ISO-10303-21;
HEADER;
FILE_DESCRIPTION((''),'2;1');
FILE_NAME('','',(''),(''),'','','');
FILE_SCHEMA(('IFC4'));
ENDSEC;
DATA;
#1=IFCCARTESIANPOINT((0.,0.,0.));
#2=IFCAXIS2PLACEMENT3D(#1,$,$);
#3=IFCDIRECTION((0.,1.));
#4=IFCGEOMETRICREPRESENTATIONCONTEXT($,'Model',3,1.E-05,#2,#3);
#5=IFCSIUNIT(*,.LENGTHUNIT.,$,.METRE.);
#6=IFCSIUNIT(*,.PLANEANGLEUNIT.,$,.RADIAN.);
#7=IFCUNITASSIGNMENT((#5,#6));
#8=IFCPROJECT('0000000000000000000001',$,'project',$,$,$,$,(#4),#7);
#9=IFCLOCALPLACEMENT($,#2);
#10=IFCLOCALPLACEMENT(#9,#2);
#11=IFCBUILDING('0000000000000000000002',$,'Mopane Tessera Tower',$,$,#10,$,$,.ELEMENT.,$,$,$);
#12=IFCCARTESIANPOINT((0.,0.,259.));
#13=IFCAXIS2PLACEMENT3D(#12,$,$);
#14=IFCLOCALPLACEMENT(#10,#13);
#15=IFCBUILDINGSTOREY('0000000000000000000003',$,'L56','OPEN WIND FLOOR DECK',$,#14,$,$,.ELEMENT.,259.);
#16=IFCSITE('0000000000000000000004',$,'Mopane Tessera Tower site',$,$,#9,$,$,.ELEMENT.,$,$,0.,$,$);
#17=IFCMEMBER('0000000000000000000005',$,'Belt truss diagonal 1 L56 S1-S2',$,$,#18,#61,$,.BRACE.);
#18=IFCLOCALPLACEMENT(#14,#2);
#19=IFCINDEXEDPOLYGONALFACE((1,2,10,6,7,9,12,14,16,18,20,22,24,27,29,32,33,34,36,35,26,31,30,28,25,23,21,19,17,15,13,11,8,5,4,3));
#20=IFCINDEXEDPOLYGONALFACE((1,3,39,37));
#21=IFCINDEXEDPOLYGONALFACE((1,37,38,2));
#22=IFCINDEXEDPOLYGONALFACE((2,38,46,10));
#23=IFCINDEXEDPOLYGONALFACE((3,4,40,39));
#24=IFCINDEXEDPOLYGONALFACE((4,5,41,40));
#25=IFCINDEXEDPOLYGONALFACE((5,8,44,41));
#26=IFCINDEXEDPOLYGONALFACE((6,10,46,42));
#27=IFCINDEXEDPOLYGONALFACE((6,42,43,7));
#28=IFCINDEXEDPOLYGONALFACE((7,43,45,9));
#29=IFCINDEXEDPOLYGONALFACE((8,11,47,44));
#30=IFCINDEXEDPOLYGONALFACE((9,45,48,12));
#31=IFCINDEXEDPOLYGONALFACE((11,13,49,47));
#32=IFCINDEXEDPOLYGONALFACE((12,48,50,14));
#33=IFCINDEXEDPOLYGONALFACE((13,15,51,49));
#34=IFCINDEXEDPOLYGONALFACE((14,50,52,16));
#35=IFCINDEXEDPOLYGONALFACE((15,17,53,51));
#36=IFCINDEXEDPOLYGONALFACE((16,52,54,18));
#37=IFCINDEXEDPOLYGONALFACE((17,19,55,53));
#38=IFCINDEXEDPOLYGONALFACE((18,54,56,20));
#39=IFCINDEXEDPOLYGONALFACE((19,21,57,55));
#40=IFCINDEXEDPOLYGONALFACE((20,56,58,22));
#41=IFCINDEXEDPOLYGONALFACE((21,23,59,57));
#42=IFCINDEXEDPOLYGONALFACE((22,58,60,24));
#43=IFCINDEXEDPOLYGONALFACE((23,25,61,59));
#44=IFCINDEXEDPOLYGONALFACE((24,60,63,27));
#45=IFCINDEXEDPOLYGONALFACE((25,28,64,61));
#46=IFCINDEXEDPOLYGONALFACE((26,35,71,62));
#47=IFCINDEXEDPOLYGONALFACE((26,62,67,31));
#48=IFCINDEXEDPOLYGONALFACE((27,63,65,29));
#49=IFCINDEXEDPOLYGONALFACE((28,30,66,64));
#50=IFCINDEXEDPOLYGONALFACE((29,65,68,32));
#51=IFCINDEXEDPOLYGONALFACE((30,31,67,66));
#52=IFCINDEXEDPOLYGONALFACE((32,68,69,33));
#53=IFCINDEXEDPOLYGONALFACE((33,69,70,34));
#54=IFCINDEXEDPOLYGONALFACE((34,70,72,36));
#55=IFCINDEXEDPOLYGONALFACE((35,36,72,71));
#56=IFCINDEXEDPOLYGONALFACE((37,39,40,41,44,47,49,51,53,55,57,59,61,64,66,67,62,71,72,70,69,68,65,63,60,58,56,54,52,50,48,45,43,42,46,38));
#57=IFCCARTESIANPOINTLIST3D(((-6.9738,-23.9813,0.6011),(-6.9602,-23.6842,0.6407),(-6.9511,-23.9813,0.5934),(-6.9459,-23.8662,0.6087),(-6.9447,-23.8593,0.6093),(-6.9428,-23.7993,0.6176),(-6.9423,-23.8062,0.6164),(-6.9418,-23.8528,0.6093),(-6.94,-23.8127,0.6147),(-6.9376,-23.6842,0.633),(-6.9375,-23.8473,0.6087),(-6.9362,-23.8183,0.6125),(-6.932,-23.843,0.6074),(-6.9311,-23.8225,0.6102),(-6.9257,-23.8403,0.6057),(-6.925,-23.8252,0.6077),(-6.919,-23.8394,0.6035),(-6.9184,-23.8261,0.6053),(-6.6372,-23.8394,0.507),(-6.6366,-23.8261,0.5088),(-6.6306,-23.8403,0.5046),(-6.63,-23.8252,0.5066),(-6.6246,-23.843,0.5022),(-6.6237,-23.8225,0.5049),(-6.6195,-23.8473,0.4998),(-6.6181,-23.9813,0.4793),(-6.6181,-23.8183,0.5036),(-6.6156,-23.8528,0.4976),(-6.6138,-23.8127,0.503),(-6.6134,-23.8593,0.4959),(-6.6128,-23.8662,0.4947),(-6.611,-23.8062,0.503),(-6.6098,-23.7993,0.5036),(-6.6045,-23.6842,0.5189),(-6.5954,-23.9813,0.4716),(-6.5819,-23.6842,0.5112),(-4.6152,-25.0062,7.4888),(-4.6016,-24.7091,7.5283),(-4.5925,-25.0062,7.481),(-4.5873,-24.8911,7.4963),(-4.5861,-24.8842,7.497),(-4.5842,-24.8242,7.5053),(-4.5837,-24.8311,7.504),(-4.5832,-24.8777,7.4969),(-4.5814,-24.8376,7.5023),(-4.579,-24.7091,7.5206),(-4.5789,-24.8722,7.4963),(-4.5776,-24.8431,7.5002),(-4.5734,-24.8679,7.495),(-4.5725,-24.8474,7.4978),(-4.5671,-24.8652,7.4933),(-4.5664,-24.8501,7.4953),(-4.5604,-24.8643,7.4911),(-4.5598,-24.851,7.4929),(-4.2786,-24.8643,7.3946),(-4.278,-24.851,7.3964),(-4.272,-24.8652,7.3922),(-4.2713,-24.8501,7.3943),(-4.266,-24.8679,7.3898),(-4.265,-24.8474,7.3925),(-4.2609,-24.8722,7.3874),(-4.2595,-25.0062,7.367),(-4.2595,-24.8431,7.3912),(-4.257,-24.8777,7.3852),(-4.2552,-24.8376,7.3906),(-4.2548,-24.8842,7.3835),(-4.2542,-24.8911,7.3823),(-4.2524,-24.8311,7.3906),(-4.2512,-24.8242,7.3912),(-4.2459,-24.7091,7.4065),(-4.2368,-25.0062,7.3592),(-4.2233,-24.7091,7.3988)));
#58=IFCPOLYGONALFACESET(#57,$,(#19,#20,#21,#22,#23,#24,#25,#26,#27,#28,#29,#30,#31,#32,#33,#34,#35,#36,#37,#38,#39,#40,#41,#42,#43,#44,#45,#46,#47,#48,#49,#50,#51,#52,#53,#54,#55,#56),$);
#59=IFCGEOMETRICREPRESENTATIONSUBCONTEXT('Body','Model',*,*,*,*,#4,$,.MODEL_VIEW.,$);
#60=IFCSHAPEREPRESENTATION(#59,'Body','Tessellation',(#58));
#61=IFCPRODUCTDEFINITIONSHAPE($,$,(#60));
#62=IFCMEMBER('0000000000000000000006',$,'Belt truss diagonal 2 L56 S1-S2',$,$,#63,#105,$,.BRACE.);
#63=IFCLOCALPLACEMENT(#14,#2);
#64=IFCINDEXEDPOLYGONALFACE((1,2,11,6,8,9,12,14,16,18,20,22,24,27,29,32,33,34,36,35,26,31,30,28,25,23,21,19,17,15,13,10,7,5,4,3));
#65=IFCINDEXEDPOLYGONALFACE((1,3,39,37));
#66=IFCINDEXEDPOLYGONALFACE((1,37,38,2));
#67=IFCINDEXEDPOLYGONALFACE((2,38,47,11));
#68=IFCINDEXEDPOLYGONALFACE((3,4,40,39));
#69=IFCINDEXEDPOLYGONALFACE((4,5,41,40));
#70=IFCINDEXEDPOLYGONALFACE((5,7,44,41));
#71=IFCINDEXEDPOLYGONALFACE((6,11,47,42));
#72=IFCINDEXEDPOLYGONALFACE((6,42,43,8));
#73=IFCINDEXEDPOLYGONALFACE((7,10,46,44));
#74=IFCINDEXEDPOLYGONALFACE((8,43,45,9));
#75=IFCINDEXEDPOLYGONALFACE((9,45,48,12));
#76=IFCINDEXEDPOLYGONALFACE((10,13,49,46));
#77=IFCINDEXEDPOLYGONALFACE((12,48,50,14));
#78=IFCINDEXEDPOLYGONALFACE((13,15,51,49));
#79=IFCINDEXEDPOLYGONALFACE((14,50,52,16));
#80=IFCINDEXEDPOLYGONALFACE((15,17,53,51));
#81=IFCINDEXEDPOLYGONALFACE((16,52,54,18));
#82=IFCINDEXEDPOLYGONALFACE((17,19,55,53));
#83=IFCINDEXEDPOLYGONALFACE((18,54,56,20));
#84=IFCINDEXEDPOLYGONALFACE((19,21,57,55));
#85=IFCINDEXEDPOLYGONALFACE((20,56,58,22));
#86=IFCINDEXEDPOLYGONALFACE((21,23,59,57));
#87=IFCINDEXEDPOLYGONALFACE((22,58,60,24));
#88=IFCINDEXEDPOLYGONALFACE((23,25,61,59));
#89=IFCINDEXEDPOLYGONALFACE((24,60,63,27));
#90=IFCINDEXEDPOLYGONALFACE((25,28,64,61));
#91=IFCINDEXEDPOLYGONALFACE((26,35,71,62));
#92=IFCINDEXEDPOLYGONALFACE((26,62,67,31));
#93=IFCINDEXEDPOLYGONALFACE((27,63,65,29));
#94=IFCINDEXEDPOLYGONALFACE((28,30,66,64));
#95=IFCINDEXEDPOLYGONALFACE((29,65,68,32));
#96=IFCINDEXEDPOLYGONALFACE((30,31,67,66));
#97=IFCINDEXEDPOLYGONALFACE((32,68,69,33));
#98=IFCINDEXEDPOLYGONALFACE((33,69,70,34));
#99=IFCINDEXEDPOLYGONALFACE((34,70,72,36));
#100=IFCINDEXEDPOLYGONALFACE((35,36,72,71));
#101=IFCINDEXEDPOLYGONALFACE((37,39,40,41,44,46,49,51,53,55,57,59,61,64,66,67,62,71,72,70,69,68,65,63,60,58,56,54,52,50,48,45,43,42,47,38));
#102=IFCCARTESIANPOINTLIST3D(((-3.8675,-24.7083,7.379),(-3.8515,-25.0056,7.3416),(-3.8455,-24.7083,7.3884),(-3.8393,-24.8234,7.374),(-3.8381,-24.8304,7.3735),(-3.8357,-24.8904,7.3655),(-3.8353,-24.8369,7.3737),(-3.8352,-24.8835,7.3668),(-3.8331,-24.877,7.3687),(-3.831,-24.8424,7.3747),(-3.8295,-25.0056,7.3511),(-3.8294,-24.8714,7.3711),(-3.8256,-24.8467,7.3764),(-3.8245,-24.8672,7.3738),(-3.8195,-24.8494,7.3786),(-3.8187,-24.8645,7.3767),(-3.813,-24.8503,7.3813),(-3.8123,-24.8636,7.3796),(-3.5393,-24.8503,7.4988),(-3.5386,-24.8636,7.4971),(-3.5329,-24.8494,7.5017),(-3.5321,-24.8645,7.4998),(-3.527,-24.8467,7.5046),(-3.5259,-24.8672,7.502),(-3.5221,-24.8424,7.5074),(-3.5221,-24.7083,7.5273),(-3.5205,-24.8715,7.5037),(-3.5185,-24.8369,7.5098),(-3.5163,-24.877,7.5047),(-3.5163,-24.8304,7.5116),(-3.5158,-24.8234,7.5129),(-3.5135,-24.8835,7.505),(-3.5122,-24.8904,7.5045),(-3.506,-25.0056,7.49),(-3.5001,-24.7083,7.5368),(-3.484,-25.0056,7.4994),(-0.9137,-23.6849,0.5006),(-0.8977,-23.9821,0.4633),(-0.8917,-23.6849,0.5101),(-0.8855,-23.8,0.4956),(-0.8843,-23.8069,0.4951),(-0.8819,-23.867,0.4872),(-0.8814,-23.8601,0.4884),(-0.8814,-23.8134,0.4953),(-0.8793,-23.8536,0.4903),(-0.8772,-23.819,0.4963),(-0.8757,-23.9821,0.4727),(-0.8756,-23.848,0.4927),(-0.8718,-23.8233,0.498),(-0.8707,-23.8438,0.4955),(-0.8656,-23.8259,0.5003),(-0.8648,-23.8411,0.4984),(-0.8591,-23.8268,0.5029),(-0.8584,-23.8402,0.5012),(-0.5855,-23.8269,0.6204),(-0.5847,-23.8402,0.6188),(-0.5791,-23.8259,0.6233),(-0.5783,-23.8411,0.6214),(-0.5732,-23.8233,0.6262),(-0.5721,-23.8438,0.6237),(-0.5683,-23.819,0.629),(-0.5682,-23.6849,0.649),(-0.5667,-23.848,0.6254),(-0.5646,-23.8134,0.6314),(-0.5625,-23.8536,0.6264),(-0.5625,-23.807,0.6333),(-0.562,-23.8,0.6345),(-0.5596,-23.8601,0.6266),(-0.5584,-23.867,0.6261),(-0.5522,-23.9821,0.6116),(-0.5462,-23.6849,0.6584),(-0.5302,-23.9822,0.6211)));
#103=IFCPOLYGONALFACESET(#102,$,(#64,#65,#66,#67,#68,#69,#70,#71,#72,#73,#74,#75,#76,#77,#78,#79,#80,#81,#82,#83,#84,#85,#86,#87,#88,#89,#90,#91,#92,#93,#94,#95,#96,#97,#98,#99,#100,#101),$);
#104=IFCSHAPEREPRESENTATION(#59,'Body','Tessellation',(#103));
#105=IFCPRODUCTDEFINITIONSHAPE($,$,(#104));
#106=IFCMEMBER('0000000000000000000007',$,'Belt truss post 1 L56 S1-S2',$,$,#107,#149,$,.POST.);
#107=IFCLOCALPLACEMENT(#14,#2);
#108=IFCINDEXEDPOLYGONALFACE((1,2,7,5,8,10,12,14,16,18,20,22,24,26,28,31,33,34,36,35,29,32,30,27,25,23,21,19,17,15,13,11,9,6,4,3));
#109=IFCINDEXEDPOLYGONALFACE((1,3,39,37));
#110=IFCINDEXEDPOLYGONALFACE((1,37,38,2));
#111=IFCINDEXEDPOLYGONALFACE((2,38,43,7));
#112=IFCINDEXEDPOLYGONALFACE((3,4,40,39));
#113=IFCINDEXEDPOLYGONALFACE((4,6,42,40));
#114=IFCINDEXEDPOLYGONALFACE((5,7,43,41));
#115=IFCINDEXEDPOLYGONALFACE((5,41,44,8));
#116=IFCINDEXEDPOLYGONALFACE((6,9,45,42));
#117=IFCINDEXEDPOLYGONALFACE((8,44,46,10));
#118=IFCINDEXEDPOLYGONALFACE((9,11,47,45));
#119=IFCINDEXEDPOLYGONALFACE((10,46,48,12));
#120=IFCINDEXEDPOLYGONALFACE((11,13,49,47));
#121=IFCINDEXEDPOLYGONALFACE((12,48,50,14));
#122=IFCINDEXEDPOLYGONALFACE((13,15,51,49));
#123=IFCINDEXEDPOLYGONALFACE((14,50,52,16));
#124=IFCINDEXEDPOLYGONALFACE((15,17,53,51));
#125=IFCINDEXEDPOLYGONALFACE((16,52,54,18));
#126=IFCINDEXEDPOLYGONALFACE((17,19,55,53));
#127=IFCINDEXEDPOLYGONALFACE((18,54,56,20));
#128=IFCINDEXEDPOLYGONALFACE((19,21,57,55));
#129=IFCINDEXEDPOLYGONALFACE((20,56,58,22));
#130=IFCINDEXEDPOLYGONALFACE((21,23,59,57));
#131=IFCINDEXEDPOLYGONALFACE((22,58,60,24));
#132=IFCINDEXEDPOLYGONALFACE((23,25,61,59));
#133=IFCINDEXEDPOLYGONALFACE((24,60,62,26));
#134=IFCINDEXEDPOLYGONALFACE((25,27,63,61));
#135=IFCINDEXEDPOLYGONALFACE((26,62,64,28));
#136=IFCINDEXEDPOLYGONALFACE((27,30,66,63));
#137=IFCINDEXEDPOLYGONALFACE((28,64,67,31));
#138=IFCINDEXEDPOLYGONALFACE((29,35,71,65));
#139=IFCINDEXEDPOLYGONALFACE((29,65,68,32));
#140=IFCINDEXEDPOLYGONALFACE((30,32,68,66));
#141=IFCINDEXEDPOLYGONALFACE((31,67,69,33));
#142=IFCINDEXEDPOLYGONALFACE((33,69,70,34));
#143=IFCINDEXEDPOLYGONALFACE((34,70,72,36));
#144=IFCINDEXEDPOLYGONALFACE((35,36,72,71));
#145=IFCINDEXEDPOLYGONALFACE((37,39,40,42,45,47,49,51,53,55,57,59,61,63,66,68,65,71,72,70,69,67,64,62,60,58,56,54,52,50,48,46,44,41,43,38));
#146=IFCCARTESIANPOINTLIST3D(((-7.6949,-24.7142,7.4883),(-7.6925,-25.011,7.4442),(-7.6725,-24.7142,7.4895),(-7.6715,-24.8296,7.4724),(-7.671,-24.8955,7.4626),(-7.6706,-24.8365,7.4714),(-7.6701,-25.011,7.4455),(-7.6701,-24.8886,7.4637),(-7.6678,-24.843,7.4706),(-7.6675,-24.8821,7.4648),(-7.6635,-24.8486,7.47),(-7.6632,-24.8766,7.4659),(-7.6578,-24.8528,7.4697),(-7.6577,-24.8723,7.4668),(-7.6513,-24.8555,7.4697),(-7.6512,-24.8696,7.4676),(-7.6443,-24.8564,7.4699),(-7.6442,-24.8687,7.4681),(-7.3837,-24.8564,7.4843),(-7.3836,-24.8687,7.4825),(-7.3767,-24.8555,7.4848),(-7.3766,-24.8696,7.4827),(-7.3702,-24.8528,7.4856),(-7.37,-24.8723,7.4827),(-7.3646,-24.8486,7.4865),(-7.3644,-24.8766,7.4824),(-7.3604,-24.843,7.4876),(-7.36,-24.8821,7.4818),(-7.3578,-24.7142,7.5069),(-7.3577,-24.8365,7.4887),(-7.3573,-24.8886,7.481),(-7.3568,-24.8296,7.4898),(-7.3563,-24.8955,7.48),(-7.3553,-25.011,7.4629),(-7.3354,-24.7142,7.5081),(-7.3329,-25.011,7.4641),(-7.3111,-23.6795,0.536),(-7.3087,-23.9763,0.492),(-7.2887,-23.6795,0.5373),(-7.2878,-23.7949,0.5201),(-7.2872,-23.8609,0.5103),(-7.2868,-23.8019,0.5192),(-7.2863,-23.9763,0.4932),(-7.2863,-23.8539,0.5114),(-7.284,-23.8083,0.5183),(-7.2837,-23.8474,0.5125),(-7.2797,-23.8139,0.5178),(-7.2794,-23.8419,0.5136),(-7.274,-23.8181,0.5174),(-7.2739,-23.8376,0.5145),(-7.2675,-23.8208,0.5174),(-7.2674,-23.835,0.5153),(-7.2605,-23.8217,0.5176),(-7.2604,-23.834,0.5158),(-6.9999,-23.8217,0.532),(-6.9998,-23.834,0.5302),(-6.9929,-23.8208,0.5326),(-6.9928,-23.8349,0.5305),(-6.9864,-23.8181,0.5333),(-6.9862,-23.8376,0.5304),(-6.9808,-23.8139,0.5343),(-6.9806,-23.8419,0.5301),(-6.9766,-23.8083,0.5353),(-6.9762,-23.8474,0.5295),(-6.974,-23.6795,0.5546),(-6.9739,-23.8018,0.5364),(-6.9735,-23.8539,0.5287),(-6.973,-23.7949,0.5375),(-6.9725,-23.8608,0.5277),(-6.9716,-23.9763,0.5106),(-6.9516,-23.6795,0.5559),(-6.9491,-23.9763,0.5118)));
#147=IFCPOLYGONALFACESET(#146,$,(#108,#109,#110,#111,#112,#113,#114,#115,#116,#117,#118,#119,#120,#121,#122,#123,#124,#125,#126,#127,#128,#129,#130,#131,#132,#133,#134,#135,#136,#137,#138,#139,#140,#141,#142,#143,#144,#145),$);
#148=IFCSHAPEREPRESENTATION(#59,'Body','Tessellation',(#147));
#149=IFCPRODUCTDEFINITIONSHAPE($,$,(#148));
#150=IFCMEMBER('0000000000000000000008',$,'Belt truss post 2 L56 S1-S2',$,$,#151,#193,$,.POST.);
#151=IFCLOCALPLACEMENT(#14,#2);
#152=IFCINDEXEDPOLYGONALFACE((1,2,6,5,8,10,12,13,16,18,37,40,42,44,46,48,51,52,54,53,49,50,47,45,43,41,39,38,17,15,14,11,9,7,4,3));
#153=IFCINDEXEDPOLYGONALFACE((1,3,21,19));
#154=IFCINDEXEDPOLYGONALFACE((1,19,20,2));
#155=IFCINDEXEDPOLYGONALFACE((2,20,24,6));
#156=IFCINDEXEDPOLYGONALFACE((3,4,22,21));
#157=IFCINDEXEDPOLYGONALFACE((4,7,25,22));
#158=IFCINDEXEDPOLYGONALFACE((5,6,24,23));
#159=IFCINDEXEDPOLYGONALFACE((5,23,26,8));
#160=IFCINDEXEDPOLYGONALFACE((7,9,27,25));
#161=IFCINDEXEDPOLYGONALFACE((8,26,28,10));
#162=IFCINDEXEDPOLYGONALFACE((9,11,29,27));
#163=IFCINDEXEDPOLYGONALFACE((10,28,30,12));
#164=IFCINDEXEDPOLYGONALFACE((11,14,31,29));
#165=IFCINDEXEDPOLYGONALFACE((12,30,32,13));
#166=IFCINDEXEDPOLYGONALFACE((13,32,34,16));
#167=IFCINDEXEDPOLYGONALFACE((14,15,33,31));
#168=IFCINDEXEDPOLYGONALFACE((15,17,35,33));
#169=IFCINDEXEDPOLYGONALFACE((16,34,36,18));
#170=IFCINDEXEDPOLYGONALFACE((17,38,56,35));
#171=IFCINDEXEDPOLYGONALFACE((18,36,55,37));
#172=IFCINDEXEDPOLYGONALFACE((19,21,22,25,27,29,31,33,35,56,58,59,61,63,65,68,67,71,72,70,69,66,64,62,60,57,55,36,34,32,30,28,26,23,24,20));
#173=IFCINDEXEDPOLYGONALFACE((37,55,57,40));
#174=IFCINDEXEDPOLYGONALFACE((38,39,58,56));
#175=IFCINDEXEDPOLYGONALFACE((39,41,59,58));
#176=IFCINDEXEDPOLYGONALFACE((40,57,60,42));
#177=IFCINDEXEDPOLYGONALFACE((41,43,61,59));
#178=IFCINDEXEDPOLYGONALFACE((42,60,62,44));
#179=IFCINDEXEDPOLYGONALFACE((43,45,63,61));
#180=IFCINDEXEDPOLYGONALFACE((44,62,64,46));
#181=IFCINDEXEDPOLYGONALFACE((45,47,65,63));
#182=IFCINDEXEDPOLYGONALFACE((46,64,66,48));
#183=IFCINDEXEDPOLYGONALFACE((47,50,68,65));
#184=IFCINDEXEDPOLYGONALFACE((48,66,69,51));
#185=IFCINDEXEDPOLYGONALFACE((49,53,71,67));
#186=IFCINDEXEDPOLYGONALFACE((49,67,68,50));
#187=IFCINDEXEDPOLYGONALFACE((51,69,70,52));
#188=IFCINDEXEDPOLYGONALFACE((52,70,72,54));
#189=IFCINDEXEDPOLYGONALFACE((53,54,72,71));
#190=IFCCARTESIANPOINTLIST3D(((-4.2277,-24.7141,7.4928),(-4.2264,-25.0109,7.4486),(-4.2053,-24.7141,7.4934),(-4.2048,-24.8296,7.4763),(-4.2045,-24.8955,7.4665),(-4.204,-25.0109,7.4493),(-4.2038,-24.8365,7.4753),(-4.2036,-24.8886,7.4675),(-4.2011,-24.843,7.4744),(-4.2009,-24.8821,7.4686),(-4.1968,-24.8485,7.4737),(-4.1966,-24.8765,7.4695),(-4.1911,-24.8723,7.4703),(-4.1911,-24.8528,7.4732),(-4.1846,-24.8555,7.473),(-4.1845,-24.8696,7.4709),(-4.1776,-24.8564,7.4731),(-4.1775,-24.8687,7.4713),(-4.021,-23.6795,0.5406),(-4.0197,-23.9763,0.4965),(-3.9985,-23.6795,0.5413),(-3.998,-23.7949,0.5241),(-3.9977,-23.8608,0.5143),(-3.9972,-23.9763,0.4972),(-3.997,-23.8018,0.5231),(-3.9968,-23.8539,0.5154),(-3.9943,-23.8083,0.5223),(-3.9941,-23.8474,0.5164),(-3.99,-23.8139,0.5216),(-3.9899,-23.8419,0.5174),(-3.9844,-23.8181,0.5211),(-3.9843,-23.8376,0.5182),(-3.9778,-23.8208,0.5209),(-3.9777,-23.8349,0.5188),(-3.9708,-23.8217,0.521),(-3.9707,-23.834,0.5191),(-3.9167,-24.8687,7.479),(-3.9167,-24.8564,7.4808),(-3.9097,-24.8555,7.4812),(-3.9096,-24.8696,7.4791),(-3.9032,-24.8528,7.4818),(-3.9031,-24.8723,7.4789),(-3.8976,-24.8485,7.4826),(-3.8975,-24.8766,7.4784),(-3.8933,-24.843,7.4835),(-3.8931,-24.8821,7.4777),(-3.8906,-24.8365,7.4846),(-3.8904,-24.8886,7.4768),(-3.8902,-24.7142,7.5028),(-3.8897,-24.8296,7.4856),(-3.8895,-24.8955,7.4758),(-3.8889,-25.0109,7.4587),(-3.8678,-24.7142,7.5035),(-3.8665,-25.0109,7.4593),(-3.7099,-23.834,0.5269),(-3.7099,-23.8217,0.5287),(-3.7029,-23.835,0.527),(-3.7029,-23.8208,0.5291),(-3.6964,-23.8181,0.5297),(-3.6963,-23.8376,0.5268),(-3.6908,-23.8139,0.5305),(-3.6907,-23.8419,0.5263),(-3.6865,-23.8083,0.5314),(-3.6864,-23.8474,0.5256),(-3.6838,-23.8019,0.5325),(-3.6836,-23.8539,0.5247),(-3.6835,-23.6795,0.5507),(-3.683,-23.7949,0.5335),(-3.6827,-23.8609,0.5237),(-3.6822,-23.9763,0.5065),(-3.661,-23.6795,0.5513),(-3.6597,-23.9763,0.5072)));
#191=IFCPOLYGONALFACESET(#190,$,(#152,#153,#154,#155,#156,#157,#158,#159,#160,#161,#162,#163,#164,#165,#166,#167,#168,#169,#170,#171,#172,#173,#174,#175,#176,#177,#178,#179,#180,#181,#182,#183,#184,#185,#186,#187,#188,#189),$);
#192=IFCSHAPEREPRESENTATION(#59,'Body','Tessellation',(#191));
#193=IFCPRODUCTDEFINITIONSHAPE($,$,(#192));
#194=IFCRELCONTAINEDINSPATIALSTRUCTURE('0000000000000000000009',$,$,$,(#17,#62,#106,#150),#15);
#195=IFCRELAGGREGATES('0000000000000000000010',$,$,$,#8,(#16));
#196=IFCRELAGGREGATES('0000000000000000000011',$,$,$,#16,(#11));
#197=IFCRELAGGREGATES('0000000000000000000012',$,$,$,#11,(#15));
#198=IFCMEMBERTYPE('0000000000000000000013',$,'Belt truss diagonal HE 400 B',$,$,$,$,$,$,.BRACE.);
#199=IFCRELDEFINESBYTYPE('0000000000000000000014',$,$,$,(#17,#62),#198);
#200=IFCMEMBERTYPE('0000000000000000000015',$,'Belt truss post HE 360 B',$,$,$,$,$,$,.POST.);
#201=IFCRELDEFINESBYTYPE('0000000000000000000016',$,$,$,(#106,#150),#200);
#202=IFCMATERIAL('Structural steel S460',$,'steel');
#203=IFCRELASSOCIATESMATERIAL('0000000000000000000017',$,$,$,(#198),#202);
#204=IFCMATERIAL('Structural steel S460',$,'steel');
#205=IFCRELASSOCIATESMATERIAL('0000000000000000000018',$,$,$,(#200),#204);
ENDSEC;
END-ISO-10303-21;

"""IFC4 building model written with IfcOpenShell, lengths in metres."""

from ifc_helpers import new_model, si_unit, direction, frame, origin, origin_2d, place, context, subcontext, project, spatial, i_section, extrude, material, material_profile, profile_set, type_object, element, save


model = new_model("IFC4")

# Units and contexts
model_context = context("Model", 3, precision=1e-05, world=origin(), true_north=direction((0.0, 1.0)))
body_context = subcontext(model_context, "Body", "Model", "MODEL_VIEW")
ifc_project = project(units=[si_unit("LENGTHUNIT", "METRE"), si_unit("PLANEANGLEUNIT", "RADIAN")], contexts=[model_context])

# Site, building, storey
site_placement = place(None, origin())
site = spatial("IfcSite", under=ifc_project, at=site_placement, Name="Mopane Tessera Tower site", CompositionType="ELEMENT", RefElevation=0.0)
building_placement = place(site_placement, origin())
building = spatial("IfcBuilding", under=site, at=building_placement, Name="Mopane Tessera Tower", CompositionType="ELEMENT")
storey_placement = place(building_placement, frame((0.0, 0.0, 259.0)))
storey = spatial("IfcBuildingStorey", under=building, at=storey_placement, Name="L56", Description="OPEN WIND FLOOR DECK", CompositionType="ELEMENT", Elevation=259.0)

# Members
ifc_material_1 = material(Name="Structural steel S460", Category="steel")
ifc_material_profile_1 = material_profile(ifc_material_1, i_section(OverallWidth=0.3, OverallDepth=0.3999, WebThickness=0.0134, FlangeThickness=0.0239, FilletRadius=0.0271, at=origin_2d()))
ifc_profile_set_1 = profile_set([ifc_material_profile_1], Name="Structural steel S460")
member_type_1 = type_object("IfcMemberType", Name="Belt truss diagonal HE 400 B", PredefinedType="BRACE", material=ifc_profile_set_1)
member_1_placement = place(storey_placement, frame((-6.7778, -23.8328, 0.5562), z_axis=(0.32081, -0.139402, 0.936829), x_axis=(0.045148, 0.990236, 0.131888)))
element("IfcMember", 1, at=member_1_placement, inside=storey, type_object=member_type_1, Name="Belt truss diagonal 1 L56 S1-S2", PredefinedType="BRACE", context=body_context, shape_type="SweptSolid", body=[
    extrude(i_section(OverallWidth=0.3, OverallDepth=0.3999, WebThickness=0.0134, FlangeThickness=0.0239, FilletRadius=0.0271, at=origin_2d()), origin(), (0.0, 0.0, 1.0), 7.3521),
])
member_2_placement = place(storey_placement, frame((-3.6758, -24.8569, 7.4392), z_axis=(0.390955, 0.135456, -0.910388), x_axis=(-0.053432, 0.990783, 0.124472)))
element("IfcMember", 2, at=member_2_placement, inside=storey, type_object=member_type_1, Name="Belt truss diagonal 2 L56 S1-S2", PredefinedType="BRACE", context=body_context, shape_type="SweptSolid", body=[
    extrude(i_section(OverallWidth=0.3, OverallDepth=0.3999, WebThickness=0.0134, FlangeThickness=0.0239, FilletRadius=0.0271, at=origin_2d()), origin(), (0.0, 0.0, 1.0), 7.5554),
])
ifc_material_2 = material(Name="Structural steel S460", Category="steel")
ifc_material_profile_2 = material_profile(ifc_material_2, i_section(OverallWidth=0.3, OverallDepth=0.3601, WebThickness=0.0125, FlangeThickness=0.0225, FilletRadius=0.0271, at=origin_2d()))
ifc_profile_set_2 = profile_set([ifc_material_profile_2], Name="Structural steel S460")
member_type_2 = type_object("IfcMemberType", Name="Belt truss post HE 360 B", PredefinedType="POST", material=ifc_profile_set_2)
member_3_placement = place(storey_placement, frame((-7.1301, -23.8279, 0.5239), z_axis=(-0.054522, -0.146987, 0.987635), x_axis=(-0.008143, 0.989138, 0.146761)))
element("IfcMember", 3, at=member_3_placement, inside=storey, type_object=member_type_2, Name="Belt truss post 1 L56 S1-S2", PredefinedType="POST", context=body_context, shape_type="SweptSolid", body=[
    extrude(i_section(OverallWidth=0.3, OverallDepth=0.3601, WebThickness=0.0125, FlangeThickness=0.0225, FilletRadius=0.0271, at=origin_2d()), origin(), (0.0, 0.0, 1.0), 7.0393),
])
member_4_placement = place(storey_placement, frame((-3.8403, -23.8279, 0.5239), z_axis=(-0.029408, -0.147142, 0.988678), x_axis=(-0.004329, 0.989115, 0.147078)))
element("IfcMember", 4, at=member_4_placement, inside=storey, type_object=member_type_2, Name="Belt truss post 2 L56 S1-S2", PredefinedType="POST", context=body_context, shape_type="SweptSolid", body=[
    extrude(i_section(OverallWidth=0.3, OverallDepth=0.3601, WebThickness=0.0125, FlangeThickness=0.0225, FilletRadius=0.0271, at=origin_2d()), origin(), (0.0, 0.0, 1.0), 7.0317),
])

save(model, "model.ifc")
